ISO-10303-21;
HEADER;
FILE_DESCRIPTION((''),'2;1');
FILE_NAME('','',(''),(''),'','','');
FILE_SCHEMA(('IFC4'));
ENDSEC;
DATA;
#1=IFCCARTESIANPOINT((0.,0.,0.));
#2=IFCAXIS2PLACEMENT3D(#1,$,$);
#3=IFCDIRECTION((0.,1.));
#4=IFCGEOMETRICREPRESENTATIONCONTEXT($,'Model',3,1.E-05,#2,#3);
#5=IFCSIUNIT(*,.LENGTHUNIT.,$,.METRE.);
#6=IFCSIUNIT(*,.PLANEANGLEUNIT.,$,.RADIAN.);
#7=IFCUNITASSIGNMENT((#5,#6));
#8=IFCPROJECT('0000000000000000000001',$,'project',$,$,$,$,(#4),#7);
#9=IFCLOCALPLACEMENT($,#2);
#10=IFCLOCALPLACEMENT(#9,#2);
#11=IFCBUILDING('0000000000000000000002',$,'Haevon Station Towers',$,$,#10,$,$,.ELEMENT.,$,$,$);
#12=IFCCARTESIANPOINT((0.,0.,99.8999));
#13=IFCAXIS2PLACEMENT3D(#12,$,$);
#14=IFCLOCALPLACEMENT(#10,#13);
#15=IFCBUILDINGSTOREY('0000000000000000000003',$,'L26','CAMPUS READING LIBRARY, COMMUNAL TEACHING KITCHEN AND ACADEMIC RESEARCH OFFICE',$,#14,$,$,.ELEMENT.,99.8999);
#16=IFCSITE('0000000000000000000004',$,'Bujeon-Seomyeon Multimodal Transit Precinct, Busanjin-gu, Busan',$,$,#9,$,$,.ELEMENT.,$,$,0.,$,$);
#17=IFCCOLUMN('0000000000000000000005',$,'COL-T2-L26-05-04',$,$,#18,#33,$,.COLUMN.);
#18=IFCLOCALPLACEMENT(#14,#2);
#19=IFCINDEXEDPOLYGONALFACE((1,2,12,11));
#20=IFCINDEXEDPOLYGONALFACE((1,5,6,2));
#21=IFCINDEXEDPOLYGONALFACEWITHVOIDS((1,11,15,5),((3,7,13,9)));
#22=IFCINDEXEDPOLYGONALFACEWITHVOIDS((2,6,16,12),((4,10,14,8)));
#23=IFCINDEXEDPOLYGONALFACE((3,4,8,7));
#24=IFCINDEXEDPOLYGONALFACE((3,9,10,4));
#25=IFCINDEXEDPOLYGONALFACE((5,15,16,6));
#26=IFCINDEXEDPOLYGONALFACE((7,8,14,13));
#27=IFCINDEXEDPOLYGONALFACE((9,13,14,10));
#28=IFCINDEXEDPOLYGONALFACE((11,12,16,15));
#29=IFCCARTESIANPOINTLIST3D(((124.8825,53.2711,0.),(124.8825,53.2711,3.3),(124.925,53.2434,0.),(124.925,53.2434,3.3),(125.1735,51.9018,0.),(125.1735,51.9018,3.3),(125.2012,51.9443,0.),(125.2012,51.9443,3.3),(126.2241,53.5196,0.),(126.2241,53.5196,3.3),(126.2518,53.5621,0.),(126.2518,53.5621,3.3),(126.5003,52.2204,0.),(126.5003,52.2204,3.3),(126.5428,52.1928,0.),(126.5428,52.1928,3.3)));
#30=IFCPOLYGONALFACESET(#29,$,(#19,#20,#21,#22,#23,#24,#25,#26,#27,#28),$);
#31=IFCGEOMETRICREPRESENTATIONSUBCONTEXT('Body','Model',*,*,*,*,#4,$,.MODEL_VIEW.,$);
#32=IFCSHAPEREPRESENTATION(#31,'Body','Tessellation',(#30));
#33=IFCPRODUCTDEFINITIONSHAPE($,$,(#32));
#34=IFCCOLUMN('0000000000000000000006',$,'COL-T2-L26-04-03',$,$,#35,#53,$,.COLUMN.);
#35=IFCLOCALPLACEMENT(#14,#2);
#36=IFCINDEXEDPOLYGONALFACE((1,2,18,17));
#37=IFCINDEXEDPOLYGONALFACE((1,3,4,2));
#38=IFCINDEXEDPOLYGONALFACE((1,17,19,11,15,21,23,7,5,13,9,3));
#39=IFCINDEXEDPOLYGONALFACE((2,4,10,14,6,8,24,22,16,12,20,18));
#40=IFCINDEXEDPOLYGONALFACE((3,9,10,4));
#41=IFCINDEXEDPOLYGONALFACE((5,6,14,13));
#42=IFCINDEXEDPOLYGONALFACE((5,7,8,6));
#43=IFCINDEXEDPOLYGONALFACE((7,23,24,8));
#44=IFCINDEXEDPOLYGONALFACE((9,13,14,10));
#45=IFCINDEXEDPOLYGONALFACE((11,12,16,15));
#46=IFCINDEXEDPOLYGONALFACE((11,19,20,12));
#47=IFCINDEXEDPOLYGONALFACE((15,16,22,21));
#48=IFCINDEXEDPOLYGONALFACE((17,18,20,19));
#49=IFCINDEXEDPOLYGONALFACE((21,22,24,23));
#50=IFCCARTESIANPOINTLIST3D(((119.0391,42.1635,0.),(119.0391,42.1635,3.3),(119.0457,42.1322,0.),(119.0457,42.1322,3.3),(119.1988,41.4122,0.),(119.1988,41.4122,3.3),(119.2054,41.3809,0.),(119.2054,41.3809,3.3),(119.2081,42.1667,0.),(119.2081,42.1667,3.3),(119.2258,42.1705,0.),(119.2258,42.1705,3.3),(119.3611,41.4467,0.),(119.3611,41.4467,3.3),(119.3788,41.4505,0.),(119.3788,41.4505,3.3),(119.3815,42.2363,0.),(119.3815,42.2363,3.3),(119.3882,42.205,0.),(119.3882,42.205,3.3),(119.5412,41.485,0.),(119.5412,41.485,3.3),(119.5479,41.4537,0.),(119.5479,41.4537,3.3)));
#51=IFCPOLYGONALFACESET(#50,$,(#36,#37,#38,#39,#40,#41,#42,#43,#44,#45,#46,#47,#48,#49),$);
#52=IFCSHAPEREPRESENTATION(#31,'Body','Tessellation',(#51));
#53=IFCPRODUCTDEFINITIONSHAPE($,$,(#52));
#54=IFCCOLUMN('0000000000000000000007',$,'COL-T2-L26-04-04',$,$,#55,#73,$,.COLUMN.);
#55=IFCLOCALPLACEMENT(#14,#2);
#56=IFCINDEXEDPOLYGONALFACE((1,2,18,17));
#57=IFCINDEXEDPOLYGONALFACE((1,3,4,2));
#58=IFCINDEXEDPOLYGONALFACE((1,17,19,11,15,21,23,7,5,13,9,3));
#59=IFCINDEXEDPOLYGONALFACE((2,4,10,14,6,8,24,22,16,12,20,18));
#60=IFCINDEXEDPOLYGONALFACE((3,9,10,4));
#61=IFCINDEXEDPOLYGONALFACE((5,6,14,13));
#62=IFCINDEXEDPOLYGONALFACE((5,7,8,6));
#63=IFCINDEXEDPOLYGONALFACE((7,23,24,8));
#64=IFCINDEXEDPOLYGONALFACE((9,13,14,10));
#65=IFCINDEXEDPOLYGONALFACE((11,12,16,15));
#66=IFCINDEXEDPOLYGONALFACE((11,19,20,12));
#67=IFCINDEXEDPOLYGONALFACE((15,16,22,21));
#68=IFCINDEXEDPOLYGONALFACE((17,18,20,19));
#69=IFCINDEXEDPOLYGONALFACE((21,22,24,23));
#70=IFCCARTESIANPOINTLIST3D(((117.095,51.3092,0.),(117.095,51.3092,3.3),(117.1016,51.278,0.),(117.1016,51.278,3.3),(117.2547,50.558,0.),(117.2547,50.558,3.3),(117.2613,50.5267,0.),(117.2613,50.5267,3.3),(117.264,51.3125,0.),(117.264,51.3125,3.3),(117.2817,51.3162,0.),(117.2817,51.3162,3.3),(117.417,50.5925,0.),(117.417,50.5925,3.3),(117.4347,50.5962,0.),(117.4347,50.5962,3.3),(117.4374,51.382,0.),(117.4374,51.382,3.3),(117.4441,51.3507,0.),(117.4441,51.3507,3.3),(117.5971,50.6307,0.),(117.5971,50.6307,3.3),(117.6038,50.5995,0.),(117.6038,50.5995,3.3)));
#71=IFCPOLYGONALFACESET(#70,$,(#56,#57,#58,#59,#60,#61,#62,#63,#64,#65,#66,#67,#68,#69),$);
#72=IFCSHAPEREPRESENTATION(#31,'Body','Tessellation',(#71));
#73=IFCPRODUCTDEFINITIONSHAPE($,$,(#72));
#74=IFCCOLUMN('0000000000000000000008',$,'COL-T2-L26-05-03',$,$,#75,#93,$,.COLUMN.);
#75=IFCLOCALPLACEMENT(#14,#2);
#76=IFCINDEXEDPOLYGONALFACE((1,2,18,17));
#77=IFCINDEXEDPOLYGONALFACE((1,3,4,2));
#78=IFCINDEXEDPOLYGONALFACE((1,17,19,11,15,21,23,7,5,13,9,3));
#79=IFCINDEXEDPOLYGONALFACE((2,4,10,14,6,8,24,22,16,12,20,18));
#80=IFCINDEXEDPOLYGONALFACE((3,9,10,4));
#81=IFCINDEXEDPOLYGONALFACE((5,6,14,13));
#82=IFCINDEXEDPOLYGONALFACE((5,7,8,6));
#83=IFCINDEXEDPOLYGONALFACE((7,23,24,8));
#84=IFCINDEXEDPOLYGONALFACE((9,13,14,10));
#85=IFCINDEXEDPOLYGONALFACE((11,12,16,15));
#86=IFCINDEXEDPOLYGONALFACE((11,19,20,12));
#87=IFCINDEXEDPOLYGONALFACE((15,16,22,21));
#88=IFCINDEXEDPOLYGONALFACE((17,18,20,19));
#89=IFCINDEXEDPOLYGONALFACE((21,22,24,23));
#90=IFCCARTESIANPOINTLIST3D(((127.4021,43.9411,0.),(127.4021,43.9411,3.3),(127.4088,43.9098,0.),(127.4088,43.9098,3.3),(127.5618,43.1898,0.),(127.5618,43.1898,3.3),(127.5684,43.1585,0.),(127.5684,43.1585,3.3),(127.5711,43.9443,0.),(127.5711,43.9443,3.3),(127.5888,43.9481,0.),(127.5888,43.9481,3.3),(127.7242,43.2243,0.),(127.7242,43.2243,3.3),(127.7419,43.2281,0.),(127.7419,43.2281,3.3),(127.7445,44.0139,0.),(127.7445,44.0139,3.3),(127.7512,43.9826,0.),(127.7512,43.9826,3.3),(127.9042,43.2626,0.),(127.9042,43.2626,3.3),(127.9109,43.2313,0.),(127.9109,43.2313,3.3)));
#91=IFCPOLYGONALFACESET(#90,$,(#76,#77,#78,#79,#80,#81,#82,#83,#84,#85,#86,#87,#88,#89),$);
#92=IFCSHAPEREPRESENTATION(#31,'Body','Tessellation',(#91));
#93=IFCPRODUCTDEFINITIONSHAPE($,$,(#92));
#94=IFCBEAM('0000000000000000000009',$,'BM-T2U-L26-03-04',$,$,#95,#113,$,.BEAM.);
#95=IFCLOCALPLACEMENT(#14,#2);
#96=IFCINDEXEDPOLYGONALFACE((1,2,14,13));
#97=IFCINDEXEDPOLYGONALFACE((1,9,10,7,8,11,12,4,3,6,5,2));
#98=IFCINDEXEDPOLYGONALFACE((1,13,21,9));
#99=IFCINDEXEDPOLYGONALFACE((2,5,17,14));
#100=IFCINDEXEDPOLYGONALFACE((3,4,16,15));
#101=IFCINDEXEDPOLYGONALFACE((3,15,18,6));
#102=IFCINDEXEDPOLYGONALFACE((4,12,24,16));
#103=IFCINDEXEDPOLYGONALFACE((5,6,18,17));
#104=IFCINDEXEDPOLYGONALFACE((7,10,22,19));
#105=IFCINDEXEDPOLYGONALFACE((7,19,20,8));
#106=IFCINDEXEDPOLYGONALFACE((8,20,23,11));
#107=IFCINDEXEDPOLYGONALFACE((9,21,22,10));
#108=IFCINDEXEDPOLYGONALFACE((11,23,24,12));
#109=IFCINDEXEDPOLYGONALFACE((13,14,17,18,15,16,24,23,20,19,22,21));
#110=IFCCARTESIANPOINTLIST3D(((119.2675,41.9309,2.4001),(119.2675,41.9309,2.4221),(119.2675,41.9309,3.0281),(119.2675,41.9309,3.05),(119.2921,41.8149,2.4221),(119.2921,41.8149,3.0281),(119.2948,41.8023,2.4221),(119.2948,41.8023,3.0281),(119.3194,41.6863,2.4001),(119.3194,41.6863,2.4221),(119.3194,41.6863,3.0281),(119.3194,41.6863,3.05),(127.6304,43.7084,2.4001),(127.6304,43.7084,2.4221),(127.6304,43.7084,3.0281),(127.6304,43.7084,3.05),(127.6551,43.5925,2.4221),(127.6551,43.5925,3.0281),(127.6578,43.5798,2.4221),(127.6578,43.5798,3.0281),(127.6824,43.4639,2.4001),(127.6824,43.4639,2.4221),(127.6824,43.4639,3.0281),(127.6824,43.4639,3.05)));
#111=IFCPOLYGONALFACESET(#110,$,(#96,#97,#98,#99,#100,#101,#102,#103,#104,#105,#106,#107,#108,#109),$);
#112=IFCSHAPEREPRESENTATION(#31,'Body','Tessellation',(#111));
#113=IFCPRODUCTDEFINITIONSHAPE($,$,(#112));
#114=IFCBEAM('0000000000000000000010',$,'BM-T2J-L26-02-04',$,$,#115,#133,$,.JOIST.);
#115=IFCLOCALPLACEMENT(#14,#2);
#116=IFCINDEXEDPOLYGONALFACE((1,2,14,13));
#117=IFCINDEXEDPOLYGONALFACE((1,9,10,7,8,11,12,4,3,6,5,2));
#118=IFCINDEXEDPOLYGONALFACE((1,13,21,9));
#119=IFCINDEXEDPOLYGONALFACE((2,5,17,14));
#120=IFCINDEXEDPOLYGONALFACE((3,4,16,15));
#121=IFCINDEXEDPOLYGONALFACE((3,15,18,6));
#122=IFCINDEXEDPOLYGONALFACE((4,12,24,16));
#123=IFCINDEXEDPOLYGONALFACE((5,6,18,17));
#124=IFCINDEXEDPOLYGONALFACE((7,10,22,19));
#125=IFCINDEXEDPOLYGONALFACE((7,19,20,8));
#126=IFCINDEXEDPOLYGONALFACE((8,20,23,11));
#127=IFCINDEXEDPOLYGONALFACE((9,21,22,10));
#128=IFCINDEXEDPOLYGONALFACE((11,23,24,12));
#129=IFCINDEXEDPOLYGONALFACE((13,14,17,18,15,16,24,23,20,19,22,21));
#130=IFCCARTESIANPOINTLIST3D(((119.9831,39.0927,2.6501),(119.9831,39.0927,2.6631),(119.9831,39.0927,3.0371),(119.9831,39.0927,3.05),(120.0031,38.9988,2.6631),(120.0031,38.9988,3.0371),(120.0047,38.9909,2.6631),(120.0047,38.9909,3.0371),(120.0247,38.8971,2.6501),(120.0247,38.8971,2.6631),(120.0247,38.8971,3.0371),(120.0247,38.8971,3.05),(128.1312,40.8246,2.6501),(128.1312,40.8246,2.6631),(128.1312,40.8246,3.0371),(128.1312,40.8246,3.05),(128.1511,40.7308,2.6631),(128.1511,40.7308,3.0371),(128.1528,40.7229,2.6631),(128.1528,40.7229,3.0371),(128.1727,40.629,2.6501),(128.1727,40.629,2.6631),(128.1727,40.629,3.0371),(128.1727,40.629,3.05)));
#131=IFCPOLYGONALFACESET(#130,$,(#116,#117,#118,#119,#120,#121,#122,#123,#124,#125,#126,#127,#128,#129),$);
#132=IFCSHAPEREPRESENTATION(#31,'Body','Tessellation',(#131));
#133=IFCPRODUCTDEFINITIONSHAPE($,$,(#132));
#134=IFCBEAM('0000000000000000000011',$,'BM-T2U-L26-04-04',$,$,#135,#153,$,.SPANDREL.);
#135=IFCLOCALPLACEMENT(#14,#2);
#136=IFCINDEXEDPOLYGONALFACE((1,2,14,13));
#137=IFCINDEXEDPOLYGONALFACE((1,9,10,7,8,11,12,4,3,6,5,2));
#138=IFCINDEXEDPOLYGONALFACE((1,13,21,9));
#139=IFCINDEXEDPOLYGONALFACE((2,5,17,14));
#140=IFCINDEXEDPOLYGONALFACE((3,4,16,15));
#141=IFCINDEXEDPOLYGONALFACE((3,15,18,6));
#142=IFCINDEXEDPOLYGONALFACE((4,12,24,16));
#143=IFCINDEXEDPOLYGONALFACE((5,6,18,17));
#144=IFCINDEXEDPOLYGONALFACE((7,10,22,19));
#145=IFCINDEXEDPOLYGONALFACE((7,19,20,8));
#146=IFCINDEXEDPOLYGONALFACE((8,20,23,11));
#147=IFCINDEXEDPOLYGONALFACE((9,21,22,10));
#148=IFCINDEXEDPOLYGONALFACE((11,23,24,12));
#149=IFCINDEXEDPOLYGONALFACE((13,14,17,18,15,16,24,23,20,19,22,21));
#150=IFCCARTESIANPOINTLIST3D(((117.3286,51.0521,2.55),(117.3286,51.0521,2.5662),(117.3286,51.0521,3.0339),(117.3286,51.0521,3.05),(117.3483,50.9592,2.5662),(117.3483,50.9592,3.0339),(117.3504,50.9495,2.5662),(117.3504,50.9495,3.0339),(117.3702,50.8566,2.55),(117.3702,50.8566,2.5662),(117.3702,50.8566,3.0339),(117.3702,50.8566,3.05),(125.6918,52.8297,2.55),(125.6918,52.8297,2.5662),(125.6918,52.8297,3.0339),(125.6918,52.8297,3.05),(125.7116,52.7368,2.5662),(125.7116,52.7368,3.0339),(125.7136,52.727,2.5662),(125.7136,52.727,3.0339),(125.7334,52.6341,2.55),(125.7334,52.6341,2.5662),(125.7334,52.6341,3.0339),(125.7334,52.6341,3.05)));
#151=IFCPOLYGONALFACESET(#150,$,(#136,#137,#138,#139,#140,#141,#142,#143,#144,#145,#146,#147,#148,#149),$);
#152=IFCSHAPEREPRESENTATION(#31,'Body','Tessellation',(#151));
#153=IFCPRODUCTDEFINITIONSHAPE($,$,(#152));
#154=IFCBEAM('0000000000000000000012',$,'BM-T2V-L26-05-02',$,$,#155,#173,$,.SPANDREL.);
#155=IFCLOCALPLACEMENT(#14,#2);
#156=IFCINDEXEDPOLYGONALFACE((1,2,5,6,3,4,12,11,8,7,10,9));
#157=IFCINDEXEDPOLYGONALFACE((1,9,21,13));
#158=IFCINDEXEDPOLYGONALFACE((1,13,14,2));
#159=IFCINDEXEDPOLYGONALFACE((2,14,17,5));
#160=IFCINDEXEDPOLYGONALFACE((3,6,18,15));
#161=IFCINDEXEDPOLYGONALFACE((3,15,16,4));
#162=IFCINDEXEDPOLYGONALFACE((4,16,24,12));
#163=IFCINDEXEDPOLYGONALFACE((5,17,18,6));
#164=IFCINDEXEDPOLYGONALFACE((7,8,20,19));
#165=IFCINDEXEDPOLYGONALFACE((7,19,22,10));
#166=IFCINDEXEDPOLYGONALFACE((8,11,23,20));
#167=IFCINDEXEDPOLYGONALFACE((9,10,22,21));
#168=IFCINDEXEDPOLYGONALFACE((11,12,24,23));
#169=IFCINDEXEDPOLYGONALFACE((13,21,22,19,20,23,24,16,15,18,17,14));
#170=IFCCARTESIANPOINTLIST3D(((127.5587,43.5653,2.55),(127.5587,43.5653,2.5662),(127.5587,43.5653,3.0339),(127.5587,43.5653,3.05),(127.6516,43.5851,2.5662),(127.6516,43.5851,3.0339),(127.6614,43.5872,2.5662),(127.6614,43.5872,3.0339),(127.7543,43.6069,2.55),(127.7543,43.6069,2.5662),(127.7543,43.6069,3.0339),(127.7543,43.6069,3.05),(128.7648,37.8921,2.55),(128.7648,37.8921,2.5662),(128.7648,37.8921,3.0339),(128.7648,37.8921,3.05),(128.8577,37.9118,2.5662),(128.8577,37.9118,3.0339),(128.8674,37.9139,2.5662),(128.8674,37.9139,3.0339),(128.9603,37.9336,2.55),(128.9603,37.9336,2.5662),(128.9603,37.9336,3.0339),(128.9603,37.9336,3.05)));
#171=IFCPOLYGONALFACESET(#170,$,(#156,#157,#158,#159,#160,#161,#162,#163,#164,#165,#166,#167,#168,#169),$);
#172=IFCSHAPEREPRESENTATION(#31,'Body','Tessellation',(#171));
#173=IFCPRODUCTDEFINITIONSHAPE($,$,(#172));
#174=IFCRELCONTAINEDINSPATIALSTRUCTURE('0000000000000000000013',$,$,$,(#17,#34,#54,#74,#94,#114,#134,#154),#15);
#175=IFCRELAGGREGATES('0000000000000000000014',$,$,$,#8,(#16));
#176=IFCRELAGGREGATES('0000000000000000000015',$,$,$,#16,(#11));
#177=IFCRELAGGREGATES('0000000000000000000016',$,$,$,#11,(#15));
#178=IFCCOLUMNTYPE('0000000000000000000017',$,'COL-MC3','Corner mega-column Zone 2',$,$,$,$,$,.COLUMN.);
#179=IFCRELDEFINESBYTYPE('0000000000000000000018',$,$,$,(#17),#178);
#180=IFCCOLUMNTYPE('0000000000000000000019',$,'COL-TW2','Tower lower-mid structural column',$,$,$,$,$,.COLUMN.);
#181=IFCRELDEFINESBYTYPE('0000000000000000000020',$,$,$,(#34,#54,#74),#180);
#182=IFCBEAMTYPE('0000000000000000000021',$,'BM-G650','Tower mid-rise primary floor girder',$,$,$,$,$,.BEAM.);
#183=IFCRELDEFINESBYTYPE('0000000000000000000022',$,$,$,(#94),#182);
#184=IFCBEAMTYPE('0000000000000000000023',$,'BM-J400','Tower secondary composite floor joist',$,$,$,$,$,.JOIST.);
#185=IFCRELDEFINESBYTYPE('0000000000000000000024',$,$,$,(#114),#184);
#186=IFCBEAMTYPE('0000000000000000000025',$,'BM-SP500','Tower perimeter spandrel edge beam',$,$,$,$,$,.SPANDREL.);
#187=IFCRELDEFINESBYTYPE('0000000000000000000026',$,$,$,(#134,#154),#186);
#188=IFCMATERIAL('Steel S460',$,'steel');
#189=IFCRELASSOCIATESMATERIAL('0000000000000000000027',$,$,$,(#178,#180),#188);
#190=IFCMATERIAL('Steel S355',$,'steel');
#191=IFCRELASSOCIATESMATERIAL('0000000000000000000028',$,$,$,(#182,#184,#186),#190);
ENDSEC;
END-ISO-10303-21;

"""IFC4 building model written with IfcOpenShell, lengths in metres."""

from ifc_helpers import new_model, si_unit, direction, frame, origin, origin_2d, place, context, subcontext, project, spatial, hollow_rectangle, i_section, extrude, material, material_profile, profile_set, type_object, element, save


model = new_model("IFC4")

# Units and contexts
model_context = context("Model", 3, precision=1e-05, world=origin(), true_north=direction((0.0, 1.0)))
body_context = subcontext(model_context, "Body", "Model", "MODEL_VIEW")
ifc_project = project(units=[si_unit("LENGTHUNIT", "METRE"), si_unit("PLANEANGLEUNIT", "RADIAN")], contexts=[model_context])

# Site, building, storey
site_placement = place(None, origin())
site = spatial("IfcSite", under=ifc_project, at=site_placement, Name="Bujeon-Seomyeon Multimodal Transit Precinct, Busanjin-gu, Busan", CompositionType="ELEMENT", RefElevation=0.0)
building_placement = place(site_placement, origin())
building = spatial("IfcBuilding", under=site, at=building_placement, Name="Haevon Station Towers", CompositionType="ELEMENT")
storey_placement = place(building_placement, frame((0.0, 0.0, 99.8999)))
storey = spatial("IfcBuildingStorey", under=building, at=storey_placement, Name="L26", Description="CAMPUS READING LIBRARY, COMMUNAL TEACHING KITCHEN AND ACADEMIC RESEARCH OFFICE", CompositionType="ELEMENT", Elevation=99.8999)

# Columns
ifc_material_1 = material(Name="Steel S460", Category="steel")
ifc_material_profile_1 = material_profile(ifc_material_1, hollow_rectangle(XDim=1.3999, YDim=1.3999, WallThickness=0.0359, at=origin_2d()), Name="BOX-1400x1400x36")
ifc_profile_set_1 = profile_set([ifc_material_profile_1], Name="Steel S460")
column_type_1 = type_object("IfcColumnType", Name="COL-MC3", Description="Corner mega-column Zone 2", PredefinedType="COLUMN", material=ifc_profile_set_1)
column_placement = place(storey_placement, frame((125.7126, 52.7319, 0.0), z_axis=(0.0, 0.0, 1.0), x_axis=(0.978148, 0.207912, 0.0)))
element("IfcColumn", 1, at=column_placement, inside=storey, type_object=column_type_1, Name="COL-T2-L26-05-04", PredefinedType="COLUMN", context=body_context, shape_type="SweptSolid", body=[
    extrude(hollow_rectangle(XDim=1.3999, YDim=1.3999, WallThickness=0.0359, at=origin_2d()), origin(), (0.0, 0.0, 1.0), 3.3),
])
ifc_material_profile_2 = material_profile(ifc_material_1, i_section(OverallWidth=0.3501, OverallDepth=0.8, WebThickness=0.0181, FlangeThickness=0.032, at=origin_2d()), Name="H-800x350x18x32")
ifc_profile_set_2 = profile_set([ifc_material_profile_2], Name="Steel S460")
column_type_2 = type_object("IfcColumnType", Name="COL-TW2", Description="Tower lower-mid structural column", PredefinedType="COLUMN", material=ifc_profile_set_2)
for number, where, z_axis, x_axis, name in (
    (2, (119.2935, 41.8086, 0.0), (0.0, 0.0, 1.0), (0.978148, 0.207912, 0.0), "COL-T2-L26-04-03"),
    (3, (117.3494, 50.9543, 0.0), (0.0, 0.0, 1.0), (0.978148, 0.207912, 0.0), "COL-T2-L26-04-04"),
    (4, (127.6565, 43.5862, 0.0), (0.0, 0.0, 1.0), (0.978148, 0.207912, 0.0), "COL-T2-L26-05-03"),
):
    element("IfcColumn", number, at=place(storey_placement, frame(where, z_axis=z_axis, x_axis=x_axis)), inside=storey, type_object=column_type_2, Name=name, PredefinedType="COLUMN", context=body_context, shape_type="SweptSolid", body=[
        extrude(i_section(OverallWidth=0.3501, OverallDepth=0.8, WebThickness=0.0181, FlangeThickness=0.032, at=origin_2d()), origin(), (0.0, 0.0, 1.0), 3.3),
    ])

# Beams
ifc_material_2 = material(Name="Steel S355", Category="steel")
ifc_material_profile_3 = material_profile(ifc_material_2, i_section(OverallWidth=0.25, OverallDepth=0.6499, WebThickness=0.0129, FlangeThickness=0.022, at=origin_2d()), Name="H-650x250x13x22")
ifc_profile_set_3 = profile_set([ifc_material_profile_3], Name="Steel S355")
beam_type_1 = type_object("IfcBeamType", Name="BM-G650", Description="Tower mid-rise primary floor girder", PredefinedType="BEAM", material=ifc_profile_set_3)
beam_1_placement = place(storey_placement, frame((119.2935, 41.8086, 2.7251), z_axis=(0.978148, 0.207908, 0.0), x_axis=(-0.207908, 0.978148, 0.0)))
element("IfcBeam", 5, at=beam_1_placement, inside=storey, type_object=beam_type_1, Name="BM-T2U-L26-03-04", PredefinedType="BEAM", context=body_context, shape_type="SweptSolid", body=[
    extrude(i_section(OverallWidth=0.25, OverallDepth=0.6499, WebThickness=0.0129, FlangeThickness=0.022, at=origin_2d()), origin(), (0.0, 0.0, 1.0), 8.5498),
])
ifc_material_profile_4 = material_profile(ifc_material_2, i_section(OverallWidth=0.2, OverallDepth=0.3999, WebThickness=0.0081, FlangeThickness=0.0129, at=origin_2d()), Name="H-400x200x8x13")
ifc_profile_set_4 = profile_set([ifc_material_profile_4], Name="Steel S355")
beam_type_2 = type_object("IfcBeamType", Name="BM-J400", Description="Tower secondary composite floor joist", PredefinedType="JOIST", material=ifc_profile_set_4)
beam_2_placement = place(storey_placement, frame((120.0039, 38.9949, 2.8501), z_axis=(0.978147, 0.207916, 0.0), x_axis=(-0.207916, 0.978147, 0.0)))
element("IfcBeam", 6, at=beam_2_placement, inside=storey, type_object=beam_type_2, Name="BM-T2J-L26-02-04", PredefinedType="JOIST", context=body_context, shape_type="SweptSolid", body=[
    extrude(i_section(OverallWidth=0.2, OverallDepth=0.3999, WebThickness=0.0081, FlangeThickness=0.0129, at=origin_2d()), origin(), (0.0, 0.0, 1.0), 8.3301),
])
ifc_material_profile_5 = material_profile(ifc_material_2, i_section(OverallWidth=0.2, OverallDepth=0.5, WebThickness=0.01, FlangeThickness=0.0161, at=origin_2d()), Name="H-500x200x10x16")
ifc_profile_set_5 = profile_set([ifc_material_profile_5], Name="Steel S355")
beam_type_3 = type_object("IfcBeamType", Name="BM-SP500", Description="Tower perimeter spandrel edge beam", PredefinedType="SPANDREL", material=ifc_profile_set_5)
beam_3_placement = place(storey_placement, frame((117.3494, 50.9543, 2.8), z_axis=(0.97815, 0.207902, 0.0), x_axis=(-0.207902, 0.97815, 0.0)))
element("IfcBeam", 7, at=beam_3_placement, inside=storey, type_object=beam_type_3, Name="BM-T2U-L26-04-04", PredefinedType="SPANDREL", context=body_context, shape_type="SweptSolid", body=[
    extrude(i_section(OverallWidth=0.2, OverallDepth=0.5, WebThickness=0.01, FlangeThickness=0.0161, at=origin_2d()), origin(), (0.0, 0.0, 1.0), 8.55),
])
beam_4_placement = place(storey_placement, frame((128.8625, 37.9128, 2.8), z_axis=(-0.207936, 0.978142, 0.0), x_axis=(-0.978142, -0.207936, 0.0)))
element("IfcBeam", 8, at=beam_4_placement, inside=storey, type_object=beam_type_3, Name="BM-T2V-L26-05-02", PredefinedType="SPANDREL", context=body_context, shape_type="SweptSolid", body=[
    extrude(i_section(OverallWidth=0.2, OverallDepth=0.5, WebThickness=0.01, FlangeThickness=0.0161, at=origin_2d()), origin(), (0.0, 0.0, 1.0), 5.8),
])

save(model, "model.ifc")
